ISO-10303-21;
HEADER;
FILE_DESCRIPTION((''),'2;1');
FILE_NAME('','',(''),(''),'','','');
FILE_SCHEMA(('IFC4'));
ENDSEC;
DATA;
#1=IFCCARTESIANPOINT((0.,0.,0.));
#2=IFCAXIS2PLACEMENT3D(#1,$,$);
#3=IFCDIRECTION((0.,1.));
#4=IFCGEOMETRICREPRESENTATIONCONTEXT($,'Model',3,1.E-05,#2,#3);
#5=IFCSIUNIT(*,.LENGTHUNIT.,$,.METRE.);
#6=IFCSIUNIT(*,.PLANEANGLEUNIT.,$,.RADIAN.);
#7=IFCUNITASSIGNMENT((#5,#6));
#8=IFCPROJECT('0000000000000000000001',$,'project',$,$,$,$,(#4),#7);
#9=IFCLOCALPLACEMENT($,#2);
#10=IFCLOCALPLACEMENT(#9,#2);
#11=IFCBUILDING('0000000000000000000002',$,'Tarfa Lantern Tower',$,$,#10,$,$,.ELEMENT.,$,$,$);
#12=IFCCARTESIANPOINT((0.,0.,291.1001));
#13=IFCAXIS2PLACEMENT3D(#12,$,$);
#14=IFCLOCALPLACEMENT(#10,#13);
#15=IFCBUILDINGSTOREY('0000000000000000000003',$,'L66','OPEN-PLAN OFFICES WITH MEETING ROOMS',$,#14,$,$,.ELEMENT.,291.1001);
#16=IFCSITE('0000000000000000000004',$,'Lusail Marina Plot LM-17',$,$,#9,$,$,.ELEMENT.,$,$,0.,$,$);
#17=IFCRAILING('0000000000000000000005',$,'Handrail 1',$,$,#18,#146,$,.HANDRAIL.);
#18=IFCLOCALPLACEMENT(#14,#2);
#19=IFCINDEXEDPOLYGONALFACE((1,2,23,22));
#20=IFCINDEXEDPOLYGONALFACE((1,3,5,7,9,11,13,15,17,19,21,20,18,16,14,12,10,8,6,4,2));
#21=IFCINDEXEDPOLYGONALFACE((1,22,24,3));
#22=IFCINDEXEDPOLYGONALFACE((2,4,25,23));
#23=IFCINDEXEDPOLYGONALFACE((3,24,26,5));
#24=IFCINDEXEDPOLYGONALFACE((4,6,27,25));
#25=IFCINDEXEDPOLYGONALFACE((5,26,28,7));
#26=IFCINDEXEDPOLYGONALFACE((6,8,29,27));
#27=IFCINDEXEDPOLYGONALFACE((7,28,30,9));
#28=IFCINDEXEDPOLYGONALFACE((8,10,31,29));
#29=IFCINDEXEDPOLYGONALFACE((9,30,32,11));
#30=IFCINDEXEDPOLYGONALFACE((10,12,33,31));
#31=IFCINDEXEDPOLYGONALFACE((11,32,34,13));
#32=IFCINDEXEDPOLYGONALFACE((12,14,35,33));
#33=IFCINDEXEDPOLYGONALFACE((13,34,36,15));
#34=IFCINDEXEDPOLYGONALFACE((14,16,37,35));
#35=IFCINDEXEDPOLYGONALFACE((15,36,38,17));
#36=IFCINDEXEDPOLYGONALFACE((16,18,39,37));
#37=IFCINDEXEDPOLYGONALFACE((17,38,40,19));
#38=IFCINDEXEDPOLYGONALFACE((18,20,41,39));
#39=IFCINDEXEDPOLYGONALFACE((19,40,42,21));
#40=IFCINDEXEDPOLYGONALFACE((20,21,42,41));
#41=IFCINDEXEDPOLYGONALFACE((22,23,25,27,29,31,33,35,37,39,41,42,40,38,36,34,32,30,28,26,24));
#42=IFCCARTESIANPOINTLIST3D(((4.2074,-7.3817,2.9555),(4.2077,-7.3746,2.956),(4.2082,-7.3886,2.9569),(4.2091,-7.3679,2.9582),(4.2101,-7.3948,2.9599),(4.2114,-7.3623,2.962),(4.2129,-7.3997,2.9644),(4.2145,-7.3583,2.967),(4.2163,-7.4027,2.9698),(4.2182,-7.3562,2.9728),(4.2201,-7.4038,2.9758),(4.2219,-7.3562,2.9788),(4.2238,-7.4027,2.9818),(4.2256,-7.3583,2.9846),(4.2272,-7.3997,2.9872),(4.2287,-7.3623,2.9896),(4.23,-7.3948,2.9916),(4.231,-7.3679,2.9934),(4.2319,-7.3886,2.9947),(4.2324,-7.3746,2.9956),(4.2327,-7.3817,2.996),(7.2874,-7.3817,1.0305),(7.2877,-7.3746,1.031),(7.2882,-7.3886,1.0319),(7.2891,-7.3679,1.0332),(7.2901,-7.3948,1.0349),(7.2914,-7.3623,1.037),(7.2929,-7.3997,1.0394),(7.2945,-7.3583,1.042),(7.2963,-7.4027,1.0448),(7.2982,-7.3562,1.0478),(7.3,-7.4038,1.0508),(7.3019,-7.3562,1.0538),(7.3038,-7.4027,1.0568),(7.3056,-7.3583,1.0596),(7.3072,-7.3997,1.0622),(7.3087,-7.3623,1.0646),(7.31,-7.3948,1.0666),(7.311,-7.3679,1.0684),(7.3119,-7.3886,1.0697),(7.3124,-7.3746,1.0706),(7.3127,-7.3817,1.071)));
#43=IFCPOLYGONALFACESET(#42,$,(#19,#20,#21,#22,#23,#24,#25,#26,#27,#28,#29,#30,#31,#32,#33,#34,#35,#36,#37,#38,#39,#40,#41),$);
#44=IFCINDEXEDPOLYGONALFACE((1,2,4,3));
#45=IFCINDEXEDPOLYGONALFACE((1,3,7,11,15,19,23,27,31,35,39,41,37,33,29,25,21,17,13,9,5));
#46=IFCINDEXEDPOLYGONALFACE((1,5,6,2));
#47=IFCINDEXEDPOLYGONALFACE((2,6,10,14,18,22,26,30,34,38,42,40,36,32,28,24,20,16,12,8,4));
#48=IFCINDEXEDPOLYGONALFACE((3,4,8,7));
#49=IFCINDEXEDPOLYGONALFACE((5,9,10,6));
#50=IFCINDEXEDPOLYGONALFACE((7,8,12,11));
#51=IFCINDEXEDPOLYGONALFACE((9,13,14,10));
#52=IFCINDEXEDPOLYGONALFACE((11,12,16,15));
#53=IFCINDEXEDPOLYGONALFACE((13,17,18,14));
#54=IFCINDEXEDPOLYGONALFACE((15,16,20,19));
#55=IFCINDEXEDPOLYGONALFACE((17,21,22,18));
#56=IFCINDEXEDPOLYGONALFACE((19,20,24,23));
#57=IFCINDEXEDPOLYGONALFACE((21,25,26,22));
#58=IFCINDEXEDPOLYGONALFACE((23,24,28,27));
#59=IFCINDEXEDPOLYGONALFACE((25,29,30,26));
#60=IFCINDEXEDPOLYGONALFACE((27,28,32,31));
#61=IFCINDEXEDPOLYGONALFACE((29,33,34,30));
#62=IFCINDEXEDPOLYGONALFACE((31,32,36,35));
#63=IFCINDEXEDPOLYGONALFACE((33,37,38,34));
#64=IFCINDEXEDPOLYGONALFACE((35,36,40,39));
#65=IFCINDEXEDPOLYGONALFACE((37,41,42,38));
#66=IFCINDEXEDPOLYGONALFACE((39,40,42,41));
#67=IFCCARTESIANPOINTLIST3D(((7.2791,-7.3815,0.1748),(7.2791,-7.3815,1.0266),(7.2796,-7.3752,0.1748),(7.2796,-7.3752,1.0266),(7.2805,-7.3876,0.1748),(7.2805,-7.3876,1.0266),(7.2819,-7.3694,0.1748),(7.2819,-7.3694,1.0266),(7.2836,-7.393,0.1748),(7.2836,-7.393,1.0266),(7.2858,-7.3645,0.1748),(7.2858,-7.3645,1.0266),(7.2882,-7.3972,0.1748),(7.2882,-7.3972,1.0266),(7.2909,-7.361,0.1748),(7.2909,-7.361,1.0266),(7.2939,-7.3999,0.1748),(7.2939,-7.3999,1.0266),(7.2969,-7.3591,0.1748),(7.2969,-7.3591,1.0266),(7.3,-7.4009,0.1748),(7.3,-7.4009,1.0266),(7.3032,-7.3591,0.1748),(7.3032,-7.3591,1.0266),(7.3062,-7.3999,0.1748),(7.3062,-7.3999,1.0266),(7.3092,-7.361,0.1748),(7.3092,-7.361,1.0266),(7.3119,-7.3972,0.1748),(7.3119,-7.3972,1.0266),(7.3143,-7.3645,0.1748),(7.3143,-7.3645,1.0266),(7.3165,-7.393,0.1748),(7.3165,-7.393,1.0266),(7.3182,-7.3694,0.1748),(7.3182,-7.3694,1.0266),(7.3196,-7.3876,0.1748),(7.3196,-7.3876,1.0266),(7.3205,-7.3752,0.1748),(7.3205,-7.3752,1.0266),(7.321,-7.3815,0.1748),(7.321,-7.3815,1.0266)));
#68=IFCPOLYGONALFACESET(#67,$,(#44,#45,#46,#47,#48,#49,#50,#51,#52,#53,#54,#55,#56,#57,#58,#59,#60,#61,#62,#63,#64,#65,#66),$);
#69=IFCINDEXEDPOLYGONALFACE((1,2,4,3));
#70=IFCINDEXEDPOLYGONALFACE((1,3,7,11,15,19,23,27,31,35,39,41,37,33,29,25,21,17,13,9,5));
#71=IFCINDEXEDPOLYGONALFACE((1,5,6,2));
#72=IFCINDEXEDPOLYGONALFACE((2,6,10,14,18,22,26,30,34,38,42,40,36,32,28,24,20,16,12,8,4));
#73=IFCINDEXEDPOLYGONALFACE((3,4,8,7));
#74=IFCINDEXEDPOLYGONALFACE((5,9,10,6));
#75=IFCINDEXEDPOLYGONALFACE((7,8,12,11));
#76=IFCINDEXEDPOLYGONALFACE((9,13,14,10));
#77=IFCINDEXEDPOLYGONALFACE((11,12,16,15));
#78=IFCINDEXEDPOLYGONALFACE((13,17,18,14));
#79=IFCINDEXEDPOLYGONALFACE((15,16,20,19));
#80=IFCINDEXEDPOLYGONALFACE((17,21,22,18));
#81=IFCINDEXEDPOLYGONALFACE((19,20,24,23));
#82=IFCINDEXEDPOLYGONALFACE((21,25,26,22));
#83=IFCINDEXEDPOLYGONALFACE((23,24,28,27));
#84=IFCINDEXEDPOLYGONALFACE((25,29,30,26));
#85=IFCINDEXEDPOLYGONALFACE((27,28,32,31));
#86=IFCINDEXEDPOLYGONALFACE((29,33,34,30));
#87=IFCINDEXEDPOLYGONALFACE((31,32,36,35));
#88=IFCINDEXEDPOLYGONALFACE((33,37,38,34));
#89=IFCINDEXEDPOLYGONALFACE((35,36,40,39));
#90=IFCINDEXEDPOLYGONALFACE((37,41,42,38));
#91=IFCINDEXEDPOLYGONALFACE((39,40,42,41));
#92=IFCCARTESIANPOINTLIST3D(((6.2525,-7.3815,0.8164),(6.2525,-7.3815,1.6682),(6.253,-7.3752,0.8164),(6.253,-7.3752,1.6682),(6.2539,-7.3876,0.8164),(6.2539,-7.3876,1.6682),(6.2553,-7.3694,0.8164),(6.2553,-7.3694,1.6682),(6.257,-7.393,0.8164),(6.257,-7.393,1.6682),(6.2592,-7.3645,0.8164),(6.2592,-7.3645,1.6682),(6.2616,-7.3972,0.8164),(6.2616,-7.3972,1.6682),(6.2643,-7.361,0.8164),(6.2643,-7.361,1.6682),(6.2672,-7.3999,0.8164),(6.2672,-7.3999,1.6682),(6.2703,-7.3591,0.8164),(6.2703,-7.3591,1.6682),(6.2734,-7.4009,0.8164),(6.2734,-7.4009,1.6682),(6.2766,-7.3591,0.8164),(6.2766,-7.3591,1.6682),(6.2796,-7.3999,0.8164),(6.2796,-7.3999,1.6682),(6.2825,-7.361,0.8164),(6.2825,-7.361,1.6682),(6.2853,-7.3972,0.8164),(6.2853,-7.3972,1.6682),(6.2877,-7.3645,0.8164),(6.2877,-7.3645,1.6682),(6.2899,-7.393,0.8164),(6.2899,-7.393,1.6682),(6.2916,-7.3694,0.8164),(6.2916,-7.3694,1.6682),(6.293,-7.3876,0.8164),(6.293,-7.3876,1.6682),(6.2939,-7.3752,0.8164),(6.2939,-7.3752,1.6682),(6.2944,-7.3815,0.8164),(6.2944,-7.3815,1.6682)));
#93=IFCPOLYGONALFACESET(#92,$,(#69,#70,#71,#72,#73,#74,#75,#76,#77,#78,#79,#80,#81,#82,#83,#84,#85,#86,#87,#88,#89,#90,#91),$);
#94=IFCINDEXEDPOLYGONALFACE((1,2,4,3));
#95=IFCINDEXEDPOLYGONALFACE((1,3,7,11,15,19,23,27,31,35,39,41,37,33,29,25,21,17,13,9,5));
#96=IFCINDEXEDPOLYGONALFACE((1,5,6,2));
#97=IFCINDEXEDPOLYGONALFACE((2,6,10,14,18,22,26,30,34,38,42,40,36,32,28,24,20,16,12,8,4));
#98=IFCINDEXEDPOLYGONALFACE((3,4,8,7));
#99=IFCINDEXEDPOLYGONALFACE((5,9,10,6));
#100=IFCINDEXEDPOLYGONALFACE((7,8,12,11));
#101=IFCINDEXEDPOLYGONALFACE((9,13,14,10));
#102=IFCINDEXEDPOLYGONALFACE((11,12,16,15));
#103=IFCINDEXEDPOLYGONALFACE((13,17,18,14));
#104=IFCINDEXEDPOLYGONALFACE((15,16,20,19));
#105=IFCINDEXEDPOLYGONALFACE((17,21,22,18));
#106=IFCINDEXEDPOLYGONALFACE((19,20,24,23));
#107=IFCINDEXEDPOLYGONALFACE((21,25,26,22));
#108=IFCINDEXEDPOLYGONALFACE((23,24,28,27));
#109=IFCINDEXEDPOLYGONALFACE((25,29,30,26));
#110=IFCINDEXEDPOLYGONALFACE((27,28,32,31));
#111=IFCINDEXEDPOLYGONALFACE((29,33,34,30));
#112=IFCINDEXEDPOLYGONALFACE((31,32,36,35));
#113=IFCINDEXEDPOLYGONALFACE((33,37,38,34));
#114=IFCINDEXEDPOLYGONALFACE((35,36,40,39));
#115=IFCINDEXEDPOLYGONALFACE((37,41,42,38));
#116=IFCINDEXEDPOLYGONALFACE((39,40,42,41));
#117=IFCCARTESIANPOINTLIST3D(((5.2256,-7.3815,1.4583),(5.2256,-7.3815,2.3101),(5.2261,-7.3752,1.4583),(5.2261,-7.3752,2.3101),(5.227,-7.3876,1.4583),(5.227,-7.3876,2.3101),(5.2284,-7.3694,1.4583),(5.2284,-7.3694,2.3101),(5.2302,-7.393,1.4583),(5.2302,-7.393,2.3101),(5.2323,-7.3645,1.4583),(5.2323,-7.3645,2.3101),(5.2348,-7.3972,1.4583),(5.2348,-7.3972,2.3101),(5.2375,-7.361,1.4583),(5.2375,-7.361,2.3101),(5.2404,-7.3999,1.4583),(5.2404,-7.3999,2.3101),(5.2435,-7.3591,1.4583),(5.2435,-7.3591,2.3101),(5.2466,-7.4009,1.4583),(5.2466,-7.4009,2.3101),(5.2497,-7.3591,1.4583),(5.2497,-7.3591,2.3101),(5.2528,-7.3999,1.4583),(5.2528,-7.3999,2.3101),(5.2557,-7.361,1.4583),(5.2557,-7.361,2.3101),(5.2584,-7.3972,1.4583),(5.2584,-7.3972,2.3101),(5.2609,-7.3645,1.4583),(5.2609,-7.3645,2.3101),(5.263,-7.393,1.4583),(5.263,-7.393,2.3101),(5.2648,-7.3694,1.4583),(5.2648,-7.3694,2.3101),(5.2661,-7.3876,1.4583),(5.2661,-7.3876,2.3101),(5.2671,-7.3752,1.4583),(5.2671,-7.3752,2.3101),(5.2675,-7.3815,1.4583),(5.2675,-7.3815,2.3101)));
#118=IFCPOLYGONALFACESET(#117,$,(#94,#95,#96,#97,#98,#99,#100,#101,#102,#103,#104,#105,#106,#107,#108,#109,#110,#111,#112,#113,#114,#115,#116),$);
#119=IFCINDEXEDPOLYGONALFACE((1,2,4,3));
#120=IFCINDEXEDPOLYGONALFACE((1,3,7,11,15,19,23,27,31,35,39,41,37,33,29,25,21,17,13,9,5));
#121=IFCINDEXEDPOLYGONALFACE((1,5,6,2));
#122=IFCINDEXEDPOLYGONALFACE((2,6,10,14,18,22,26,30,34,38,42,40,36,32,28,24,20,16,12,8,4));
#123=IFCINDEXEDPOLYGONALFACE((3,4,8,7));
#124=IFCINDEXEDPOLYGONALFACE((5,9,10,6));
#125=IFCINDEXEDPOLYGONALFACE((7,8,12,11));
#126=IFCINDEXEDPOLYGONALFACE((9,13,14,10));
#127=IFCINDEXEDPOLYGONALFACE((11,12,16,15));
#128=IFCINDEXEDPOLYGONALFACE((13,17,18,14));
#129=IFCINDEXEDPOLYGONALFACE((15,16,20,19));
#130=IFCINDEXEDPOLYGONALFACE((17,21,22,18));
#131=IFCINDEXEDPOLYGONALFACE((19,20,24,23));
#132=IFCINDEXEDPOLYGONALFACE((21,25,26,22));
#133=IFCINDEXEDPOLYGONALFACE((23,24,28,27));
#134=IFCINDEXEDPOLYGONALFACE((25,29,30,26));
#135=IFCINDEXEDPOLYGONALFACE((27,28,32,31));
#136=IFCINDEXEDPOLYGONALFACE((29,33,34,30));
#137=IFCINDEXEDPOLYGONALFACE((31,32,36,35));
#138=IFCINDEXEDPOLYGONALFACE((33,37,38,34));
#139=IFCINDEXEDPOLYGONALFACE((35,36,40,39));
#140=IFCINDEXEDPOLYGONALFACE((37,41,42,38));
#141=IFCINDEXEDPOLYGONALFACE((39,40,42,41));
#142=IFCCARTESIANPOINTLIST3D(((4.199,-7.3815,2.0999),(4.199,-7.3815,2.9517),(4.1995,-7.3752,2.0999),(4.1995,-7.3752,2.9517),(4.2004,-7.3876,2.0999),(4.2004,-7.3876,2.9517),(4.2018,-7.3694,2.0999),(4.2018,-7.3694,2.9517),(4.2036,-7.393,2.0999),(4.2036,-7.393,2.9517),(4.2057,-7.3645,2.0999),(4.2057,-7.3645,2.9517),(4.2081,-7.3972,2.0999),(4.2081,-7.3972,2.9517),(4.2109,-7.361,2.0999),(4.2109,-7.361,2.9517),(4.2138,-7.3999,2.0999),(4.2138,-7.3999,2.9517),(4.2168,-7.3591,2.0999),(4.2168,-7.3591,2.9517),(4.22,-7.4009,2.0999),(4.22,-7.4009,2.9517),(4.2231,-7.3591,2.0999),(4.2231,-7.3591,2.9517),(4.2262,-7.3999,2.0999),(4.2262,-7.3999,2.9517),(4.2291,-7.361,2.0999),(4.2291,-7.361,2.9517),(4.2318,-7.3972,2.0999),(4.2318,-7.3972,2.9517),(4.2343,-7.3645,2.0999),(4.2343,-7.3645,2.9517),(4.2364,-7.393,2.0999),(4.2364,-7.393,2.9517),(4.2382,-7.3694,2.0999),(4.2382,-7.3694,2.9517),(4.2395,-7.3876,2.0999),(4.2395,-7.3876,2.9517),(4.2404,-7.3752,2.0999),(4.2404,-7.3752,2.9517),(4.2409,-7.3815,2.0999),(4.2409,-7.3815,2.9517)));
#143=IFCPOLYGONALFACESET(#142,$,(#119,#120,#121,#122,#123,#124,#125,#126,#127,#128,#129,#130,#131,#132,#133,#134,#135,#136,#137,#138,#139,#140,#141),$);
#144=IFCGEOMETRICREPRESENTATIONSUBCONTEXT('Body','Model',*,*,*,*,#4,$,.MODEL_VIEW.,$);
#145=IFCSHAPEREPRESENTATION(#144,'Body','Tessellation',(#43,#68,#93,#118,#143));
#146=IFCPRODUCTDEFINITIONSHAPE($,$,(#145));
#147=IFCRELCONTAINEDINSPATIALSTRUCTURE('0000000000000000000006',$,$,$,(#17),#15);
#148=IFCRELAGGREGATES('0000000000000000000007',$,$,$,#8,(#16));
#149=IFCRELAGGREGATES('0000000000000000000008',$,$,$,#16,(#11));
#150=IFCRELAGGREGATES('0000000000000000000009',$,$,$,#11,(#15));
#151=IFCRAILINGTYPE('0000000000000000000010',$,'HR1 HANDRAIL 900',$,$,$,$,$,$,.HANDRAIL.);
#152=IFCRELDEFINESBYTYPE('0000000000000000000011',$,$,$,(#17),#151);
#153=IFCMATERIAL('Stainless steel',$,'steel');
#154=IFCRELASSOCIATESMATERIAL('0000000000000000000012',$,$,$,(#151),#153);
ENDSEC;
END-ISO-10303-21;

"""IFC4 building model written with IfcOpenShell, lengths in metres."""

from ifc_helpers import new_model, si_unit, direction, frame, origin, origin_2d, place, context, subcontext, project, spatial, circle, extrude, material, type_object, element, save


model = new_model("IFC4")

# Units and contexts
model_context = context("Model", 3, precision=1e-05, world=origin(), true_north=direction((0.0, 1.0)))
body_context = subcontext(model_context, "Body", "Model", "MODEL_VIEW")
ifc_project = project(units=[si_unit("LENGTHUNIT", "METRE"), si_unit("PLANEANGLEUNIT", "RADIAN")], contexts=[model_context])

# Site, building, storey
site_placement = place(None, origin())
site = spatial("IfcSite", under=ifc_project, at=site_placement, Name="Lusail Marina Plot LM-17", CompositionType="ELEMENT", RefElevation=0.0)
building_placement = place(site_placement, origin())
building = spatial("IfcBuilding", under=site, at=building_placement, Name="Tarfa Lantern Tower", CompositionType="ELEMENT")
storey_placement = place(building_placement, frame((0.0, 0.0, 291.1001)))
storey = spatial("IfcBuildingStorey", under=building, at=storey_placement, Name="L66", Description="OPEN-PLAN OFFICES WITH MEETING ROOMS", CompositionType="ELEMENT", Elevation=291.1001)

# Railing
ifc_material_1 = material(Name="Stainless steel", Category="steel")
railing_type = type_object("IfcRailingType", Name="HR1 HANDRAIL 900", PredefinedType="HANDRAIL", material=ifc_material_1)
railing_1_placement = place(storey_placement, frame((7.3, -7.3799, 0.1748)))
element("IfcRailing", 1, at=railing_1_placement, inside=storey, type_object=railing_type, Name="Handrail 1", PredefinedType="HANDRAIL", context=body_context, shape_type="SweptSolid", body=[
    extrude(circle(Radius=0.0239, at=origin_2d()), frame((0.0, 0.0, 0.876), z_axis=(-0.847998, 0.0, 0.529999), x_axis=(0.0, -1.0, 0.0)), (0.0, 0.0, 1.0), 3.6321),
    extrude(circle(Radius=0.021, at=origin_2d()), frame((0.0, 0.0, 0.0), z_axis=(0.0, 0.0, 1.0), x_axis=(0.0, -1.0, 0.0)), (0.0, 0.0, 1.0), 0.8518),
    extrude(circle(Radius=0.021, at=origin_2d()), frame((-1.0266, 0.0, 0.6416), z_axis=(0.0, 0.0, 1.0), x_axis=(0.0, -1.0, 0.0)), (0.0, 0.0, 1.0), 0.8518),
    extrude(circle(Radius=0.021, at=origin_2d()), frame((-2.0535, 0.0, 1.2834), z_axis=(0.0, 0.0, 1.0), x_axis=(0.0, -1.0, 0.0)), (0.0, 0.0, 1.0), 0.8518),
    extrude(circle(Radius=0.021, at=origin_2d()), frame((-3.0801, 0.0, 1.925), z_axis=(0.0, 0.0, 1.0), x_axis=(0.0, -1.0, 0.0)), (0.0, 0.0, 1.0), 0.8518),
])

save(model, "model.ifc")
